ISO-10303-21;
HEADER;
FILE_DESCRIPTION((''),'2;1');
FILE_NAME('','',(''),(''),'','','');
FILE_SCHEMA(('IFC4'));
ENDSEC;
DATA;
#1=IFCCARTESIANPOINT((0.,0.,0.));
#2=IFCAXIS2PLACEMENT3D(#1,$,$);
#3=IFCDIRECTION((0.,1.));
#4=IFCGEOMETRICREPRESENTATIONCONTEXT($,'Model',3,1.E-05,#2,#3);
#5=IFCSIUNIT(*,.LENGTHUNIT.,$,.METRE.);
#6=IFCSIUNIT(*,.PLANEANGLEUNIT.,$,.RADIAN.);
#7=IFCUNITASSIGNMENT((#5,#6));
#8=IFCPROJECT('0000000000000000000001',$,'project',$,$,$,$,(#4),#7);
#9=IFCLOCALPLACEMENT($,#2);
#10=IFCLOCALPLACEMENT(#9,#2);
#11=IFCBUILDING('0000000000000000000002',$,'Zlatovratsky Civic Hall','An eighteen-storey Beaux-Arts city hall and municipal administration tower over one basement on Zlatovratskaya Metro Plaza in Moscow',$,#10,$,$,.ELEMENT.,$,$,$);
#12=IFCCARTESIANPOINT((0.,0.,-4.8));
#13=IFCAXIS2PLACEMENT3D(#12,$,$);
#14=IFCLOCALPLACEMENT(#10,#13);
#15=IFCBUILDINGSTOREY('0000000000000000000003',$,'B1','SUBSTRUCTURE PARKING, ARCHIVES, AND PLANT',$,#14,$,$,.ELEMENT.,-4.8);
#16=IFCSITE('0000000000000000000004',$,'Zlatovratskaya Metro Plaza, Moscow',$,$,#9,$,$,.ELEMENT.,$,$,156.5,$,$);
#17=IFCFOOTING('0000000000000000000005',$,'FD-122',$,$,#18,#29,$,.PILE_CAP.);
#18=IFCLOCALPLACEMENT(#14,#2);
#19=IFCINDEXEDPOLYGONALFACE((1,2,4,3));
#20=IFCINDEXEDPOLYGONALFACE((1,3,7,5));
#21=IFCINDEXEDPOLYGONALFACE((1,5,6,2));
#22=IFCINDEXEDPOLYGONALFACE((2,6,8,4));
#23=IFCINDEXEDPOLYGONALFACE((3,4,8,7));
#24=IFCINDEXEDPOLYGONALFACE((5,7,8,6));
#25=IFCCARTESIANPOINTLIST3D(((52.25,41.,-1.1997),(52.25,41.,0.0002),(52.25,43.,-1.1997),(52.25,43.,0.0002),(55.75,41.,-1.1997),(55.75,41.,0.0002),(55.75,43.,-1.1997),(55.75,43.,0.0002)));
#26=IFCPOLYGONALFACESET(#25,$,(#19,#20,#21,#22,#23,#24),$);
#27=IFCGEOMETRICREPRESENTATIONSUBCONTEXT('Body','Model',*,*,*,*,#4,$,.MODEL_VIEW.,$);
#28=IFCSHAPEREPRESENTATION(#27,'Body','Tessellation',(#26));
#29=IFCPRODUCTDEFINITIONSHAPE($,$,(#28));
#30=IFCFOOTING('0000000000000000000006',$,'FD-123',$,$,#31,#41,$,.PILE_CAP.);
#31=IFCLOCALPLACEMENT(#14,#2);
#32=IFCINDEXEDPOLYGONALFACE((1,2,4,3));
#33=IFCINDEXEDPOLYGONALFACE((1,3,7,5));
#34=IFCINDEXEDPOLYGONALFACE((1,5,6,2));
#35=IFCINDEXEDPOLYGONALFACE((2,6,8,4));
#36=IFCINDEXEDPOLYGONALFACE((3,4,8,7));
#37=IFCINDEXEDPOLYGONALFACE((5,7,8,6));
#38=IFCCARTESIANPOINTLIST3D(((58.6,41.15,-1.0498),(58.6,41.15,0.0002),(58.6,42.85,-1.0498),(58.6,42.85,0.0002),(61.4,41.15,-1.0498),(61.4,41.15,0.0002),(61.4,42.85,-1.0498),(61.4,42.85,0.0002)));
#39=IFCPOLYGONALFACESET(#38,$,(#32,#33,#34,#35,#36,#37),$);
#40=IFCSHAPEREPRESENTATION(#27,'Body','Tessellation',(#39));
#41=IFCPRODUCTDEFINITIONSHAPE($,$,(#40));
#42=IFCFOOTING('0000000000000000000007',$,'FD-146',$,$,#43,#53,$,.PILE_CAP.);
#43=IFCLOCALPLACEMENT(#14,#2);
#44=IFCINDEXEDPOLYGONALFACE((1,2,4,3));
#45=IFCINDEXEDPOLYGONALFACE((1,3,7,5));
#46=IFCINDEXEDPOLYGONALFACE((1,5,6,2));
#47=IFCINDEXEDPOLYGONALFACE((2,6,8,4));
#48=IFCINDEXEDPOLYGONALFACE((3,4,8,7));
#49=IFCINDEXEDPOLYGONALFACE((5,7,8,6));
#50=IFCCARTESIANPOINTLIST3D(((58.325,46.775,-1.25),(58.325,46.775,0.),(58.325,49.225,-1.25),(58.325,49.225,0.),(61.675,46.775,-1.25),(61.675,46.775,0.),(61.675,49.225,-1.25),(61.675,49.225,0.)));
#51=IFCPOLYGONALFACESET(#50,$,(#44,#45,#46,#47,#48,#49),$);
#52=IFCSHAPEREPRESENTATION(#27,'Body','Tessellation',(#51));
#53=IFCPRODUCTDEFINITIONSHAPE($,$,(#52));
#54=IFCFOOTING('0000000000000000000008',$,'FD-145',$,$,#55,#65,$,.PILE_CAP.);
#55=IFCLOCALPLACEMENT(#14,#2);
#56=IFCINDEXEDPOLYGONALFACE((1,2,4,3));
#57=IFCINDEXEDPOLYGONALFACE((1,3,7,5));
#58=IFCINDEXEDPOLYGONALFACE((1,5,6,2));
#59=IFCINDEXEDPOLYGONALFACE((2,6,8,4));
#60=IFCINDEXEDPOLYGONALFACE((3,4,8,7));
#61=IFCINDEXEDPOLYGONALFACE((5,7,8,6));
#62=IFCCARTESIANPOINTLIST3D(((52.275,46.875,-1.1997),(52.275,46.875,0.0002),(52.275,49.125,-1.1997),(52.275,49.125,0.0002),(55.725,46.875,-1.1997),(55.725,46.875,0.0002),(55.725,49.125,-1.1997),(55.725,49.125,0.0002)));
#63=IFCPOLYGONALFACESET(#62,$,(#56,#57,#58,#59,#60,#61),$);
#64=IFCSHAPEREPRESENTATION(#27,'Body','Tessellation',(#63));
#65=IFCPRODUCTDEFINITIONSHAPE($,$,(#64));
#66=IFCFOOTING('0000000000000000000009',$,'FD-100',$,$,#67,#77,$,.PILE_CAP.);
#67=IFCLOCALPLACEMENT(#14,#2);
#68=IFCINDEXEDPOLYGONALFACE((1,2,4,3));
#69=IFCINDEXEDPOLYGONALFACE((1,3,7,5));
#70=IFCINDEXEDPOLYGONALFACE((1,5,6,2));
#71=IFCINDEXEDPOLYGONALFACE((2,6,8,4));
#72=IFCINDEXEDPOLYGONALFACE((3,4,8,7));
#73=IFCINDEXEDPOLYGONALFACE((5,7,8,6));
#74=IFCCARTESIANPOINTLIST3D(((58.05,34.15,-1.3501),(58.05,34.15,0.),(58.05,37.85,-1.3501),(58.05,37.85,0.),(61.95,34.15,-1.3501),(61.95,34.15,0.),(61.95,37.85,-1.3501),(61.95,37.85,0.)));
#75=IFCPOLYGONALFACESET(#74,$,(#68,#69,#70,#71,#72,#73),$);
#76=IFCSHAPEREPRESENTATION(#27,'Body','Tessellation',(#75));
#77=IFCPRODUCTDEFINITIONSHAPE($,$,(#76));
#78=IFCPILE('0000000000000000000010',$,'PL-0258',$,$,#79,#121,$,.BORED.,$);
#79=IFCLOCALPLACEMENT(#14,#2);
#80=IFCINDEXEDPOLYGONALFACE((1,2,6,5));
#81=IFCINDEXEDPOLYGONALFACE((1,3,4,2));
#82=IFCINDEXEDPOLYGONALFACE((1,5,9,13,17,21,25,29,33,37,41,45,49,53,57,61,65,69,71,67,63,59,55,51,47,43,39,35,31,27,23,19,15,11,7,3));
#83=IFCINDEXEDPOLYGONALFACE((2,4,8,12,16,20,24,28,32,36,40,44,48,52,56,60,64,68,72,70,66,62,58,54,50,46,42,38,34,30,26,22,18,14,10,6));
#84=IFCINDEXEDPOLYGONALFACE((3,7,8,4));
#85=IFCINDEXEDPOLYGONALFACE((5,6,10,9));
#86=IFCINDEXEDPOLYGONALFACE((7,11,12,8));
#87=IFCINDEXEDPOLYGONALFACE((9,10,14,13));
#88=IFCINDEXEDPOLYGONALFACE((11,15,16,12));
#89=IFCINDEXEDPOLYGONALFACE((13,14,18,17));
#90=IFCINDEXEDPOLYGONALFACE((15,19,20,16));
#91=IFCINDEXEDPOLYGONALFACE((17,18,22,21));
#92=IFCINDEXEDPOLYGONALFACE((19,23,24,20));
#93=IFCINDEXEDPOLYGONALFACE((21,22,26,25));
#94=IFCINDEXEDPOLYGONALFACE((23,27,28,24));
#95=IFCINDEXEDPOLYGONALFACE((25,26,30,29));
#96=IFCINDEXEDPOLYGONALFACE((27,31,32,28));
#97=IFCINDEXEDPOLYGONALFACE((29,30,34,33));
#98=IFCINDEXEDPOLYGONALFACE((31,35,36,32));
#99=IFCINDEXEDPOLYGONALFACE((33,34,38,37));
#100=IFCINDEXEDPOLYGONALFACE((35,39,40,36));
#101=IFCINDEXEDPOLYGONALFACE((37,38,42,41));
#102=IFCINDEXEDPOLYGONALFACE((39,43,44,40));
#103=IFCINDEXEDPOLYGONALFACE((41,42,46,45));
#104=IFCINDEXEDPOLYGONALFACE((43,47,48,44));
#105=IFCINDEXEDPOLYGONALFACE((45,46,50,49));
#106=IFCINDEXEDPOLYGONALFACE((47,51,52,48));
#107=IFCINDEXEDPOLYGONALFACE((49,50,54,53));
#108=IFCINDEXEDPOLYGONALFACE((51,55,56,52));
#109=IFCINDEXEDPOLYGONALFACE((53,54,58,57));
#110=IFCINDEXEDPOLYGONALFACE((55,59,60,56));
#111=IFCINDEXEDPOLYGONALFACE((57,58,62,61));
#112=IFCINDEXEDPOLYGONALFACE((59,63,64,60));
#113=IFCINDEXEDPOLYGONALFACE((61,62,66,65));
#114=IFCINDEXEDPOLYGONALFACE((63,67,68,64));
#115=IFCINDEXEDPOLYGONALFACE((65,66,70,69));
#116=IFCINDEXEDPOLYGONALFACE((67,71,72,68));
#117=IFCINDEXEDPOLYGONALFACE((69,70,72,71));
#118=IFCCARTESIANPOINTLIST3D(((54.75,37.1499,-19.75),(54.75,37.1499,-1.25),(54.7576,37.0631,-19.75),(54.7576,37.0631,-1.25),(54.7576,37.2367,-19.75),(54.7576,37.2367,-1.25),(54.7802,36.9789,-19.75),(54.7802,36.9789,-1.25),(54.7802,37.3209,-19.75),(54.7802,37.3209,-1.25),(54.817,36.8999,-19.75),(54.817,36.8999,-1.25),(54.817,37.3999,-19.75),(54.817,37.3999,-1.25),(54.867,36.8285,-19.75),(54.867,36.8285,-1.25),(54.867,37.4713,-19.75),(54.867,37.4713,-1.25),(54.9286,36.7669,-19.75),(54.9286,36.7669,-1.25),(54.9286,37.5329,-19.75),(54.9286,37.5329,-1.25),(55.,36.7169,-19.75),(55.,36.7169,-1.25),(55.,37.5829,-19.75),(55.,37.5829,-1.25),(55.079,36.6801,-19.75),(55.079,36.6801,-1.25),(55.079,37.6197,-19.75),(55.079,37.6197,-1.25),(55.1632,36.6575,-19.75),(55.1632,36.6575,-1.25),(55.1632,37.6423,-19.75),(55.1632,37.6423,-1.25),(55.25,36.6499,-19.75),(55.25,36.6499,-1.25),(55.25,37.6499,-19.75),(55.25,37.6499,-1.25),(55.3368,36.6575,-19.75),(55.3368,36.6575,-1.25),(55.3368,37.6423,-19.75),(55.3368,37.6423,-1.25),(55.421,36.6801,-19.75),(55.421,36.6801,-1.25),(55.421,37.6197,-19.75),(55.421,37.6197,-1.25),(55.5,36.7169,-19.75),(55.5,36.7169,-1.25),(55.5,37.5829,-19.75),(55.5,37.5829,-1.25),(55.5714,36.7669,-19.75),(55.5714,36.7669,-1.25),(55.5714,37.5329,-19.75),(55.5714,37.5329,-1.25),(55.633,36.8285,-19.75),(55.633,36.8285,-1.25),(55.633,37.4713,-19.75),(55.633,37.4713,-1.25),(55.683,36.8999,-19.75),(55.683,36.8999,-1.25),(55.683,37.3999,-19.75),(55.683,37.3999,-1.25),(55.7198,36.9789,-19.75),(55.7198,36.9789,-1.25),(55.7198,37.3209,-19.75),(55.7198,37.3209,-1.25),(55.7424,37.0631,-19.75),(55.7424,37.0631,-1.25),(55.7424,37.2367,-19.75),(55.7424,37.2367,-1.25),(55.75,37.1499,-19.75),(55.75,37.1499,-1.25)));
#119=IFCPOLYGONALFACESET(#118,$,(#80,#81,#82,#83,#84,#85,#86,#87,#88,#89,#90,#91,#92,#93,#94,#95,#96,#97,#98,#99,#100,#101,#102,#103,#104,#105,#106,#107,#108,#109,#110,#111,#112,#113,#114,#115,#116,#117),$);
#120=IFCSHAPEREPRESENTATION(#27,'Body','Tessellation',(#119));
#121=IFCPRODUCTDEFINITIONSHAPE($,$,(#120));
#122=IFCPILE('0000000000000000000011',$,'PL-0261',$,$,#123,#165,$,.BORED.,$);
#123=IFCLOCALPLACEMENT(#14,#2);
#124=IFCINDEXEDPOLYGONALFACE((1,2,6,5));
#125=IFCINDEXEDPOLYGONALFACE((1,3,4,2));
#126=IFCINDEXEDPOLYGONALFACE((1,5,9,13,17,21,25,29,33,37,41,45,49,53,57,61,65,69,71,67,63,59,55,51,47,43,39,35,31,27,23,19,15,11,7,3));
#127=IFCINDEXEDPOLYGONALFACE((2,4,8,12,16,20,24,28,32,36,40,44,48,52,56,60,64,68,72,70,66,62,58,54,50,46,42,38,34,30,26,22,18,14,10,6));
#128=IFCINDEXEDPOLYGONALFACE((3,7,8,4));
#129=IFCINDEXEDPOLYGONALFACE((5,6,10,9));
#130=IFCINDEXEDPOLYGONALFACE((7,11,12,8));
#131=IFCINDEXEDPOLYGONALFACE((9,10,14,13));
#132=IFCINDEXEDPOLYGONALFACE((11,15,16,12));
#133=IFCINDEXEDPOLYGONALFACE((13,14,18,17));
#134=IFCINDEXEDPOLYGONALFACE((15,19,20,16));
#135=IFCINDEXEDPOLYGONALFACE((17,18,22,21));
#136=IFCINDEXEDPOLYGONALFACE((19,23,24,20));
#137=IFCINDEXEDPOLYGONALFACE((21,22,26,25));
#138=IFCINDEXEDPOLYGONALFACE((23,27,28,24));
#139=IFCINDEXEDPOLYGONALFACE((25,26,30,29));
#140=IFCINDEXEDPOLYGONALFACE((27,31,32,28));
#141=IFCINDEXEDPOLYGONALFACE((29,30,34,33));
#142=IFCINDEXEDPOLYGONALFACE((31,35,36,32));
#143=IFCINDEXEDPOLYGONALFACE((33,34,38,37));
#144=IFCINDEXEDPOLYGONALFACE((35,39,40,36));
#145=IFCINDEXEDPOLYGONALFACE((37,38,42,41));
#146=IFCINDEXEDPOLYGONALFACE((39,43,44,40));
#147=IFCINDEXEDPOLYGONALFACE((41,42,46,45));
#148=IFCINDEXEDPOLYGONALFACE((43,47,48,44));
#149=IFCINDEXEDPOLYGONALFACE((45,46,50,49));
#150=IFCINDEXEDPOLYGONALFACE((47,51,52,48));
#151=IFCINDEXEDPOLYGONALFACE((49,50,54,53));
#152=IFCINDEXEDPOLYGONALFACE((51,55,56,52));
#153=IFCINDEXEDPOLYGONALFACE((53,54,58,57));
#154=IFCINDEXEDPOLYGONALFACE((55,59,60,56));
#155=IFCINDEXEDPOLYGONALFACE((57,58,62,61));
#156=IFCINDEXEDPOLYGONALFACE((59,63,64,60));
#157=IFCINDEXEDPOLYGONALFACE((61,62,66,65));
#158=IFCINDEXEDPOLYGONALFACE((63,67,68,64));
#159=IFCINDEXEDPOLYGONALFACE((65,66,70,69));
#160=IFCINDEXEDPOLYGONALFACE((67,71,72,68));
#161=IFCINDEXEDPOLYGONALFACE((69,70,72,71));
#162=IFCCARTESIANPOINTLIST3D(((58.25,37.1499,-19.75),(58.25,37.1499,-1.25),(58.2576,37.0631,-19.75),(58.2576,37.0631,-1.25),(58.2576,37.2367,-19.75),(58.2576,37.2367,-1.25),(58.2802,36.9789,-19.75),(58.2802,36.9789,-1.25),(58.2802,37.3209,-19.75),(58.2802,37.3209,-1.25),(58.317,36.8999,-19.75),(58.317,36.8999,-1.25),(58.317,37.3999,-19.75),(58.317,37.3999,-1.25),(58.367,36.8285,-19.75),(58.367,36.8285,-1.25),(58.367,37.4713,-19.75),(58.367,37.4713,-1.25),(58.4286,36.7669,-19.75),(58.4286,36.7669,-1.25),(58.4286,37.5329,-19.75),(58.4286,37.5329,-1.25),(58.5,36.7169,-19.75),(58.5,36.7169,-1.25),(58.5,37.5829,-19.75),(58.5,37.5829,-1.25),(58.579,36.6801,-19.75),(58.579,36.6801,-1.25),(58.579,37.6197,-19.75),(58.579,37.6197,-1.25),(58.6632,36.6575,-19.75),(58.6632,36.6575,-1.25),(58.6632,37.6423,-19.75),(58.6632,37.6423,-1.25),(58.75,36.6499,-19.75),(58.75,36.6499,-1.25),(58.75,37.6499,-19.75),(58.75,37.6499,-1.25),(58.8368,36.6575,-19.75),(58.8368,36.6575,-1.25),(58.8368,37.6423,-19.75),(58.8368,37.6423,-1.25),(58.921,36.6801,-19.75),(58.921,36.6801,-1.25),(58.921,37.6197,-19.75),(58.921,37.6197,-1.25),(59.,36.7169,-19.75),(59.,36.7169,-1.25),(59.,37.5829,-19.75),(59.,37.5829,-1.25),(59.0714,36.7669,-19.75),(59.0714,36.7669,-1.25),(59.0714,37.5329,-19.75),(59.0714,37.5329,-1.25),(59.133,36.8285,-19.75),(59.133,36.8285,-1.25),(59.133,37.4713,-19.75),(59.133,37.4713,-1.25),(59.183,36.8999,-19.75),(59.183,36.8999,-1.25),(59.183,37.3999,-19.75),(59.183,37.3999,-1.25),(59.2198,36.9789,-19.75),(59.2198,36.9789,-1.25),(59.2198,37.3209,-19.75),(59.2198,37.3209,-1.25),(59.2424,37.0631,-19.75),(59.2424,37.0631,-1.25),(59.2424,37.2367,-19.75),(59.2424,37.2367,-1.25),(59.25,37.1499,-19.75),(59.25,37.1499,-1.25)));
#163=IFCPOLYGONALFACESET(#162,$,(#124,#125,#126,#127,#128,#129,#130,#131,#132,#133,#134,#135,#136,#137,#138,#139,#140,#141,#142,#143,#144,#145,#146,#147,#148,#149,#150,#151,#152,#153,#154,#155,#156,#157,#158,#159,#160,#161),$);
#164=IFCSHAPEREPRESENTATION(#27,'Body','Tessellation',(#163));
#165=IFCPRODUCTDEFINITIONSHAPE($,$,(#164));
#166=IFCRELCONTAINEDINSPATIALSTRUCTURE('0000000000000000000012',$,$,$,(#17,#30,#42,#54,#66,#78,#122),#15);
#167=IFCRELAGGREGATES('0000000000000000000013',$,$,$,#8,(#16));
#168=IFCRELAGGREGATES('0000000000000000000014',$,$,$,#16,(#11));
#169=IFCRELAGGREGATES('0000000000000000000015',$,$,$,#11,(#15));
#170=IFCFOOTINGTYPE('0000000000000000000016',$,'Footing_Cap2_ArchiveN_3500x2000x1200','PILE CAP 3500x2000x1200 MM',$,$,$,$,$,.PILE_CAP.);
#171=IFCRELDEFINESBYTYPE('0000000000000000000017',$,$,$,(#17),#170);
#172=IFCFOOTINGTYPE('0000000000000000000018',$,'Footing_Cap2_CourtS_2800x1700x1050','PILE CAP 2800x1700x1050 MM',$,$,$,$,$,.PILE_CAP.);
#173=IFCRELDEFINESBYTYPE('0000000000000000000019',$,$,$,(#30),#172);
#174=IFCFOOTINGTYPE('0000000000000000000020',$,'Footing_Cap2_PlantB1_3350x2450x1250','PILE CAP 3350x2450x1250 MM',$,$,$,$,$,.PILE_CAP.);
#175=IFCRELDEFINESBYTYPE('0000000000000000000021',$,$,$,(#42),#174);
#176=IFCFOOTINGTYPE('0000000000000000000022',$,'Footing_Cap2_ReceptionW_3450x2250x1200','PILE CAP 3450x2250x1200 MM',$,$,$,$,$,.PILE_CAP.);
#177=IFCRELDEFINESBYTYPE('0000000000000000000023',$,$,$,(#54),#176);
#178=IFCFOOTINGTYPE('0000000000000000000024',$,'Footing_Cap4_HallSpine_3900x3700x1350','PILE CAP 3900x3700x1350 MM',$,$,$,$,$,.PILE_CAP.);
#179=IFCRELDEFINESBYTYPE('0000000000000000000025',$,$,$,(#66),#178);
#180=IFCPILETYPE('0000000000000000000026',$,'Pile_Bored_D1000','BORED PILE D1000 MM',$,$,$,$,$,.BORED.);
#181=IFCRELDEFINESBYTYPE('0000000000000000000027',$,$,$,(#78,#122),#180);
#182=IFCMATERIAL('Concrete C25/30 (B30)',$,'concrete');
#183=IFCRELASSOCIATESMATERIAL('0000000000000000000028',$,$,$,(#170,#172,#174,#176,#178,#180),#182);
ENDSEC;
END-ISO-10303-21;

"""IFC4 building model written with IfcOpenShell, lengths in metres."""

from ifc_helpers import new_model, si_unit, direction, frame, origin, origin_2d, place, context, subcontext, project, spatial, rectangle, circle, extrude, material, material_profile, profile_set, type_object, element, save


model = new_model("IFC4")

# Units and contexts
model_context = context("Model", 3, precision=1e-05, world=origin(), true_north=direction((0.0, 1.0)))
body_context = subcontext(model_context, "Body", "Model", "MODEL_VIEW")
ifc_project = project(units=[si_unit("LENGTHUNIT", "METRE"), si_unit("PLANEANGLEUNIT", "RADIAN")], contexts=[model_context])

# Site, building, storey
site_placement = place(None, origin())
site = spatial("IfcSite", under=ifc_project, at=site_placement, Name="Zlatovratskaya Metro Plaza, Moscow", CompositionType="ELEMENT", RefElevation=156.5)
building_placement = place(site_placement, origin())
building = spatial("IfcBuilding", under=site, at=building_placement, Name="Zlatovratsky Civic Hall", Description="An eighteen-storey Beaux-Arts city hall and municipal administration tower over one basement on Zlatovratskaya Metro Plaza in Moscow", CompositionType="ELEMENT")
storey_placement = place(building_placement, frame((0.0, 0.0, -4.8)))
storey = spatial("IfcBuildingStorey", under=building, at=storey_placement, Name="B1", Description="SUBSTRUCTURE PARKING, ARCHIVES, AND PLANT", CompositionType="ELEMENT", Elevation=-4.8)

# Footings
ifc_material_1 = material(Name="Concrete C25/30 (B30)", Category="concrete")
footing_type_1 = type_object("IfcFootingType", Name="Footing_Cap2_ArchiveN_3500x2000x1200", Description="PILE CAP 3500x2000x1200 MM", PredefinedType="PILE_CAP", material=ifc_material_1)
footing_1_placement = place(storey_placement, frame((54.0, 42.0, -1.1997), z_axis=(0.0, 0.0, 1.0), x_axis=(1.0, 0.0, 0.0)))
element("IfcFooting", 1, at=footing_1_placement, inside=storey, type_object=footing_type_1, Name="FD-122", PredefinedType="PILE_CAP", context=body_context, shape_type="SweptSolid", body=[
    extrude(rectangle(XDim=3.5, YDim=2.0, at=origin_2d()), origin(), (0.0, 0.0, 1.0), 1.2),
])
footing_type_2 = type_object("IfcFootingType", Name="Footing_Cap2_CourtS_2800x1700x1050", Description="PILE CAP 2800x1700x1050 MM", PredefinedType="PILE_CAP", material=ifc_material_1)
footing_2_placement = place(storey_placement, frame((60.0, 42.0, -1.0498), z_axis=(0.0, 0.0, 1.0), x_axis=(1.0, 0.0, 0.0)))
element("IfcFooting", 2, at=footing_2_placement, inside=storey, type_object=footing_type_2, Name="FD-123", PredefinedType="PILE_CAP", context=body_context, shape_type="SweptSolid", body=[
    extrude(rectangle(XDim=2.8, YDim=1.7, at=origin_2d()), origin(), (0.0, 0.0, 1.0), 1.05),
])
footing_type_3 = type_object("IfcFootingType", Name="Footing_Cap2_PlantB1_3350x2450x1250", Description="PILE CAP 3350x2450x1250 MM", PredefinedType="PILE_CAP", material=ifc_material_1)
footing_3_placement = place(storey_placement, frame((60.0, 48.0, -1.25), z_axis=(0.0, 0.0, 1.0), x_axis=(1.0, 0.0, 0.0)))
element("IfcFooting", 3, at=footing_3_placement, inside=storey, type_object=footing_type_3, Name="FD-146", PredefinedType="PILE_CAP", context=body_context, shape_type="SweptSolid", body=[
    extrude(rectangle(XDim=3.3501, YDim=2.45, at=origin_2d()), origin(), (0.0, 0.0, 1.0), 1.25),
])
footing_type_4 = type_object("IfcFootingType", Name="Footing_Cap2_ReceptionW_3450x2250x1200", Description="PILE CAP 3450x2250x1200 MM", PredefinedType="PILE_CAP", material=ifc_material_1)
footing_4_placement = place(storey_placement, frame((54.0, 48.0, -1.1997), z_axis=(0.0, 0.0, 1.0), x_axis=(1.0, 0.0, 0.0)))
element("IfcFooting", 4, at=footing_4_placement, inside=storey, type_object=footing_type_4, Name="FD-145", PredefinedType="PILE_CAP", context=body_context, shape_type="SweptSolid", body=[
    extrude(rectangle(XDim=3.45, YDim=2.25, at=origin_2d()), origin(), (0.0, 0.0, 1.0), 1.2),
])
footing_type_5 = type_object("IfcFootingType", Name="Footing_Cap4_HallSpine_3900x3700x1350", Description="PILE CAP 3900x3700x1350 MM", PredefinedType="PILE_CAP", material=ifc_material_1)
footing_5_placement = place(storey_placement, frame((60.0, 36.0, -1.3501), z_axis=(0.0, 0.0, 1.0), x_axis=(1.0, 0.0, 0.0)))
element("IfcFooting", 5, at=footing_5_placement, inside=storey, type_object=footing_type_5, Name="FD-100", PredefinedType="PILE_CAP", context=body_context, shape_type="SweptSolid", body=[
    extrude(rectangle(XDim=3.8999, YDim=3.7, at=origin_2d()), origin(), (0.0, 0.0, 1.0), 1.3501),
])

# Piles
ifc_material_profile_1 = material_profile(ifc_material_1, circle(Radius=0.5, at=origin_2d()), Name="PILE D1000")
ifc_profile_set_1 = profile_set([ifc_material_profile_1], Name="Concrete C25/30 (B30)")
pile_type_1 = type_object("IfcPileType", Name="Pile_Bored_D1000", Description="BORED PILE D1000 MM", PredefinedType="BORED", material=ifc_profile_set_1)
for number, where, z_axis, x_axis, name in (
    (6, (55.25, 37.1499, -1.25), (0.0, 0.0, -1.0), (1.0, 0.0, 0.0), "PL-0258"),
    (7, (58.75, 37.1499, -1.25), (0.0, 0.0, -1.0), (1.0, 0.0, 0.0), "PL-0261"),
):
    element("IfcPile", number, at=place(storey_placement, frame(where, z_axis=z_axis, x_axis=x_axis)), inside=storey, type_object=pile_type_1, Name=name, PredefinedType="BORED", context=body_context, shape_type="SweptSolid", body=[
        extrude(circle(Radius=0.5, at=origin_2d()), origin(), (0.0, 0.0, 1.0), 18.5),
    ])

save(model, "model.ifc")
